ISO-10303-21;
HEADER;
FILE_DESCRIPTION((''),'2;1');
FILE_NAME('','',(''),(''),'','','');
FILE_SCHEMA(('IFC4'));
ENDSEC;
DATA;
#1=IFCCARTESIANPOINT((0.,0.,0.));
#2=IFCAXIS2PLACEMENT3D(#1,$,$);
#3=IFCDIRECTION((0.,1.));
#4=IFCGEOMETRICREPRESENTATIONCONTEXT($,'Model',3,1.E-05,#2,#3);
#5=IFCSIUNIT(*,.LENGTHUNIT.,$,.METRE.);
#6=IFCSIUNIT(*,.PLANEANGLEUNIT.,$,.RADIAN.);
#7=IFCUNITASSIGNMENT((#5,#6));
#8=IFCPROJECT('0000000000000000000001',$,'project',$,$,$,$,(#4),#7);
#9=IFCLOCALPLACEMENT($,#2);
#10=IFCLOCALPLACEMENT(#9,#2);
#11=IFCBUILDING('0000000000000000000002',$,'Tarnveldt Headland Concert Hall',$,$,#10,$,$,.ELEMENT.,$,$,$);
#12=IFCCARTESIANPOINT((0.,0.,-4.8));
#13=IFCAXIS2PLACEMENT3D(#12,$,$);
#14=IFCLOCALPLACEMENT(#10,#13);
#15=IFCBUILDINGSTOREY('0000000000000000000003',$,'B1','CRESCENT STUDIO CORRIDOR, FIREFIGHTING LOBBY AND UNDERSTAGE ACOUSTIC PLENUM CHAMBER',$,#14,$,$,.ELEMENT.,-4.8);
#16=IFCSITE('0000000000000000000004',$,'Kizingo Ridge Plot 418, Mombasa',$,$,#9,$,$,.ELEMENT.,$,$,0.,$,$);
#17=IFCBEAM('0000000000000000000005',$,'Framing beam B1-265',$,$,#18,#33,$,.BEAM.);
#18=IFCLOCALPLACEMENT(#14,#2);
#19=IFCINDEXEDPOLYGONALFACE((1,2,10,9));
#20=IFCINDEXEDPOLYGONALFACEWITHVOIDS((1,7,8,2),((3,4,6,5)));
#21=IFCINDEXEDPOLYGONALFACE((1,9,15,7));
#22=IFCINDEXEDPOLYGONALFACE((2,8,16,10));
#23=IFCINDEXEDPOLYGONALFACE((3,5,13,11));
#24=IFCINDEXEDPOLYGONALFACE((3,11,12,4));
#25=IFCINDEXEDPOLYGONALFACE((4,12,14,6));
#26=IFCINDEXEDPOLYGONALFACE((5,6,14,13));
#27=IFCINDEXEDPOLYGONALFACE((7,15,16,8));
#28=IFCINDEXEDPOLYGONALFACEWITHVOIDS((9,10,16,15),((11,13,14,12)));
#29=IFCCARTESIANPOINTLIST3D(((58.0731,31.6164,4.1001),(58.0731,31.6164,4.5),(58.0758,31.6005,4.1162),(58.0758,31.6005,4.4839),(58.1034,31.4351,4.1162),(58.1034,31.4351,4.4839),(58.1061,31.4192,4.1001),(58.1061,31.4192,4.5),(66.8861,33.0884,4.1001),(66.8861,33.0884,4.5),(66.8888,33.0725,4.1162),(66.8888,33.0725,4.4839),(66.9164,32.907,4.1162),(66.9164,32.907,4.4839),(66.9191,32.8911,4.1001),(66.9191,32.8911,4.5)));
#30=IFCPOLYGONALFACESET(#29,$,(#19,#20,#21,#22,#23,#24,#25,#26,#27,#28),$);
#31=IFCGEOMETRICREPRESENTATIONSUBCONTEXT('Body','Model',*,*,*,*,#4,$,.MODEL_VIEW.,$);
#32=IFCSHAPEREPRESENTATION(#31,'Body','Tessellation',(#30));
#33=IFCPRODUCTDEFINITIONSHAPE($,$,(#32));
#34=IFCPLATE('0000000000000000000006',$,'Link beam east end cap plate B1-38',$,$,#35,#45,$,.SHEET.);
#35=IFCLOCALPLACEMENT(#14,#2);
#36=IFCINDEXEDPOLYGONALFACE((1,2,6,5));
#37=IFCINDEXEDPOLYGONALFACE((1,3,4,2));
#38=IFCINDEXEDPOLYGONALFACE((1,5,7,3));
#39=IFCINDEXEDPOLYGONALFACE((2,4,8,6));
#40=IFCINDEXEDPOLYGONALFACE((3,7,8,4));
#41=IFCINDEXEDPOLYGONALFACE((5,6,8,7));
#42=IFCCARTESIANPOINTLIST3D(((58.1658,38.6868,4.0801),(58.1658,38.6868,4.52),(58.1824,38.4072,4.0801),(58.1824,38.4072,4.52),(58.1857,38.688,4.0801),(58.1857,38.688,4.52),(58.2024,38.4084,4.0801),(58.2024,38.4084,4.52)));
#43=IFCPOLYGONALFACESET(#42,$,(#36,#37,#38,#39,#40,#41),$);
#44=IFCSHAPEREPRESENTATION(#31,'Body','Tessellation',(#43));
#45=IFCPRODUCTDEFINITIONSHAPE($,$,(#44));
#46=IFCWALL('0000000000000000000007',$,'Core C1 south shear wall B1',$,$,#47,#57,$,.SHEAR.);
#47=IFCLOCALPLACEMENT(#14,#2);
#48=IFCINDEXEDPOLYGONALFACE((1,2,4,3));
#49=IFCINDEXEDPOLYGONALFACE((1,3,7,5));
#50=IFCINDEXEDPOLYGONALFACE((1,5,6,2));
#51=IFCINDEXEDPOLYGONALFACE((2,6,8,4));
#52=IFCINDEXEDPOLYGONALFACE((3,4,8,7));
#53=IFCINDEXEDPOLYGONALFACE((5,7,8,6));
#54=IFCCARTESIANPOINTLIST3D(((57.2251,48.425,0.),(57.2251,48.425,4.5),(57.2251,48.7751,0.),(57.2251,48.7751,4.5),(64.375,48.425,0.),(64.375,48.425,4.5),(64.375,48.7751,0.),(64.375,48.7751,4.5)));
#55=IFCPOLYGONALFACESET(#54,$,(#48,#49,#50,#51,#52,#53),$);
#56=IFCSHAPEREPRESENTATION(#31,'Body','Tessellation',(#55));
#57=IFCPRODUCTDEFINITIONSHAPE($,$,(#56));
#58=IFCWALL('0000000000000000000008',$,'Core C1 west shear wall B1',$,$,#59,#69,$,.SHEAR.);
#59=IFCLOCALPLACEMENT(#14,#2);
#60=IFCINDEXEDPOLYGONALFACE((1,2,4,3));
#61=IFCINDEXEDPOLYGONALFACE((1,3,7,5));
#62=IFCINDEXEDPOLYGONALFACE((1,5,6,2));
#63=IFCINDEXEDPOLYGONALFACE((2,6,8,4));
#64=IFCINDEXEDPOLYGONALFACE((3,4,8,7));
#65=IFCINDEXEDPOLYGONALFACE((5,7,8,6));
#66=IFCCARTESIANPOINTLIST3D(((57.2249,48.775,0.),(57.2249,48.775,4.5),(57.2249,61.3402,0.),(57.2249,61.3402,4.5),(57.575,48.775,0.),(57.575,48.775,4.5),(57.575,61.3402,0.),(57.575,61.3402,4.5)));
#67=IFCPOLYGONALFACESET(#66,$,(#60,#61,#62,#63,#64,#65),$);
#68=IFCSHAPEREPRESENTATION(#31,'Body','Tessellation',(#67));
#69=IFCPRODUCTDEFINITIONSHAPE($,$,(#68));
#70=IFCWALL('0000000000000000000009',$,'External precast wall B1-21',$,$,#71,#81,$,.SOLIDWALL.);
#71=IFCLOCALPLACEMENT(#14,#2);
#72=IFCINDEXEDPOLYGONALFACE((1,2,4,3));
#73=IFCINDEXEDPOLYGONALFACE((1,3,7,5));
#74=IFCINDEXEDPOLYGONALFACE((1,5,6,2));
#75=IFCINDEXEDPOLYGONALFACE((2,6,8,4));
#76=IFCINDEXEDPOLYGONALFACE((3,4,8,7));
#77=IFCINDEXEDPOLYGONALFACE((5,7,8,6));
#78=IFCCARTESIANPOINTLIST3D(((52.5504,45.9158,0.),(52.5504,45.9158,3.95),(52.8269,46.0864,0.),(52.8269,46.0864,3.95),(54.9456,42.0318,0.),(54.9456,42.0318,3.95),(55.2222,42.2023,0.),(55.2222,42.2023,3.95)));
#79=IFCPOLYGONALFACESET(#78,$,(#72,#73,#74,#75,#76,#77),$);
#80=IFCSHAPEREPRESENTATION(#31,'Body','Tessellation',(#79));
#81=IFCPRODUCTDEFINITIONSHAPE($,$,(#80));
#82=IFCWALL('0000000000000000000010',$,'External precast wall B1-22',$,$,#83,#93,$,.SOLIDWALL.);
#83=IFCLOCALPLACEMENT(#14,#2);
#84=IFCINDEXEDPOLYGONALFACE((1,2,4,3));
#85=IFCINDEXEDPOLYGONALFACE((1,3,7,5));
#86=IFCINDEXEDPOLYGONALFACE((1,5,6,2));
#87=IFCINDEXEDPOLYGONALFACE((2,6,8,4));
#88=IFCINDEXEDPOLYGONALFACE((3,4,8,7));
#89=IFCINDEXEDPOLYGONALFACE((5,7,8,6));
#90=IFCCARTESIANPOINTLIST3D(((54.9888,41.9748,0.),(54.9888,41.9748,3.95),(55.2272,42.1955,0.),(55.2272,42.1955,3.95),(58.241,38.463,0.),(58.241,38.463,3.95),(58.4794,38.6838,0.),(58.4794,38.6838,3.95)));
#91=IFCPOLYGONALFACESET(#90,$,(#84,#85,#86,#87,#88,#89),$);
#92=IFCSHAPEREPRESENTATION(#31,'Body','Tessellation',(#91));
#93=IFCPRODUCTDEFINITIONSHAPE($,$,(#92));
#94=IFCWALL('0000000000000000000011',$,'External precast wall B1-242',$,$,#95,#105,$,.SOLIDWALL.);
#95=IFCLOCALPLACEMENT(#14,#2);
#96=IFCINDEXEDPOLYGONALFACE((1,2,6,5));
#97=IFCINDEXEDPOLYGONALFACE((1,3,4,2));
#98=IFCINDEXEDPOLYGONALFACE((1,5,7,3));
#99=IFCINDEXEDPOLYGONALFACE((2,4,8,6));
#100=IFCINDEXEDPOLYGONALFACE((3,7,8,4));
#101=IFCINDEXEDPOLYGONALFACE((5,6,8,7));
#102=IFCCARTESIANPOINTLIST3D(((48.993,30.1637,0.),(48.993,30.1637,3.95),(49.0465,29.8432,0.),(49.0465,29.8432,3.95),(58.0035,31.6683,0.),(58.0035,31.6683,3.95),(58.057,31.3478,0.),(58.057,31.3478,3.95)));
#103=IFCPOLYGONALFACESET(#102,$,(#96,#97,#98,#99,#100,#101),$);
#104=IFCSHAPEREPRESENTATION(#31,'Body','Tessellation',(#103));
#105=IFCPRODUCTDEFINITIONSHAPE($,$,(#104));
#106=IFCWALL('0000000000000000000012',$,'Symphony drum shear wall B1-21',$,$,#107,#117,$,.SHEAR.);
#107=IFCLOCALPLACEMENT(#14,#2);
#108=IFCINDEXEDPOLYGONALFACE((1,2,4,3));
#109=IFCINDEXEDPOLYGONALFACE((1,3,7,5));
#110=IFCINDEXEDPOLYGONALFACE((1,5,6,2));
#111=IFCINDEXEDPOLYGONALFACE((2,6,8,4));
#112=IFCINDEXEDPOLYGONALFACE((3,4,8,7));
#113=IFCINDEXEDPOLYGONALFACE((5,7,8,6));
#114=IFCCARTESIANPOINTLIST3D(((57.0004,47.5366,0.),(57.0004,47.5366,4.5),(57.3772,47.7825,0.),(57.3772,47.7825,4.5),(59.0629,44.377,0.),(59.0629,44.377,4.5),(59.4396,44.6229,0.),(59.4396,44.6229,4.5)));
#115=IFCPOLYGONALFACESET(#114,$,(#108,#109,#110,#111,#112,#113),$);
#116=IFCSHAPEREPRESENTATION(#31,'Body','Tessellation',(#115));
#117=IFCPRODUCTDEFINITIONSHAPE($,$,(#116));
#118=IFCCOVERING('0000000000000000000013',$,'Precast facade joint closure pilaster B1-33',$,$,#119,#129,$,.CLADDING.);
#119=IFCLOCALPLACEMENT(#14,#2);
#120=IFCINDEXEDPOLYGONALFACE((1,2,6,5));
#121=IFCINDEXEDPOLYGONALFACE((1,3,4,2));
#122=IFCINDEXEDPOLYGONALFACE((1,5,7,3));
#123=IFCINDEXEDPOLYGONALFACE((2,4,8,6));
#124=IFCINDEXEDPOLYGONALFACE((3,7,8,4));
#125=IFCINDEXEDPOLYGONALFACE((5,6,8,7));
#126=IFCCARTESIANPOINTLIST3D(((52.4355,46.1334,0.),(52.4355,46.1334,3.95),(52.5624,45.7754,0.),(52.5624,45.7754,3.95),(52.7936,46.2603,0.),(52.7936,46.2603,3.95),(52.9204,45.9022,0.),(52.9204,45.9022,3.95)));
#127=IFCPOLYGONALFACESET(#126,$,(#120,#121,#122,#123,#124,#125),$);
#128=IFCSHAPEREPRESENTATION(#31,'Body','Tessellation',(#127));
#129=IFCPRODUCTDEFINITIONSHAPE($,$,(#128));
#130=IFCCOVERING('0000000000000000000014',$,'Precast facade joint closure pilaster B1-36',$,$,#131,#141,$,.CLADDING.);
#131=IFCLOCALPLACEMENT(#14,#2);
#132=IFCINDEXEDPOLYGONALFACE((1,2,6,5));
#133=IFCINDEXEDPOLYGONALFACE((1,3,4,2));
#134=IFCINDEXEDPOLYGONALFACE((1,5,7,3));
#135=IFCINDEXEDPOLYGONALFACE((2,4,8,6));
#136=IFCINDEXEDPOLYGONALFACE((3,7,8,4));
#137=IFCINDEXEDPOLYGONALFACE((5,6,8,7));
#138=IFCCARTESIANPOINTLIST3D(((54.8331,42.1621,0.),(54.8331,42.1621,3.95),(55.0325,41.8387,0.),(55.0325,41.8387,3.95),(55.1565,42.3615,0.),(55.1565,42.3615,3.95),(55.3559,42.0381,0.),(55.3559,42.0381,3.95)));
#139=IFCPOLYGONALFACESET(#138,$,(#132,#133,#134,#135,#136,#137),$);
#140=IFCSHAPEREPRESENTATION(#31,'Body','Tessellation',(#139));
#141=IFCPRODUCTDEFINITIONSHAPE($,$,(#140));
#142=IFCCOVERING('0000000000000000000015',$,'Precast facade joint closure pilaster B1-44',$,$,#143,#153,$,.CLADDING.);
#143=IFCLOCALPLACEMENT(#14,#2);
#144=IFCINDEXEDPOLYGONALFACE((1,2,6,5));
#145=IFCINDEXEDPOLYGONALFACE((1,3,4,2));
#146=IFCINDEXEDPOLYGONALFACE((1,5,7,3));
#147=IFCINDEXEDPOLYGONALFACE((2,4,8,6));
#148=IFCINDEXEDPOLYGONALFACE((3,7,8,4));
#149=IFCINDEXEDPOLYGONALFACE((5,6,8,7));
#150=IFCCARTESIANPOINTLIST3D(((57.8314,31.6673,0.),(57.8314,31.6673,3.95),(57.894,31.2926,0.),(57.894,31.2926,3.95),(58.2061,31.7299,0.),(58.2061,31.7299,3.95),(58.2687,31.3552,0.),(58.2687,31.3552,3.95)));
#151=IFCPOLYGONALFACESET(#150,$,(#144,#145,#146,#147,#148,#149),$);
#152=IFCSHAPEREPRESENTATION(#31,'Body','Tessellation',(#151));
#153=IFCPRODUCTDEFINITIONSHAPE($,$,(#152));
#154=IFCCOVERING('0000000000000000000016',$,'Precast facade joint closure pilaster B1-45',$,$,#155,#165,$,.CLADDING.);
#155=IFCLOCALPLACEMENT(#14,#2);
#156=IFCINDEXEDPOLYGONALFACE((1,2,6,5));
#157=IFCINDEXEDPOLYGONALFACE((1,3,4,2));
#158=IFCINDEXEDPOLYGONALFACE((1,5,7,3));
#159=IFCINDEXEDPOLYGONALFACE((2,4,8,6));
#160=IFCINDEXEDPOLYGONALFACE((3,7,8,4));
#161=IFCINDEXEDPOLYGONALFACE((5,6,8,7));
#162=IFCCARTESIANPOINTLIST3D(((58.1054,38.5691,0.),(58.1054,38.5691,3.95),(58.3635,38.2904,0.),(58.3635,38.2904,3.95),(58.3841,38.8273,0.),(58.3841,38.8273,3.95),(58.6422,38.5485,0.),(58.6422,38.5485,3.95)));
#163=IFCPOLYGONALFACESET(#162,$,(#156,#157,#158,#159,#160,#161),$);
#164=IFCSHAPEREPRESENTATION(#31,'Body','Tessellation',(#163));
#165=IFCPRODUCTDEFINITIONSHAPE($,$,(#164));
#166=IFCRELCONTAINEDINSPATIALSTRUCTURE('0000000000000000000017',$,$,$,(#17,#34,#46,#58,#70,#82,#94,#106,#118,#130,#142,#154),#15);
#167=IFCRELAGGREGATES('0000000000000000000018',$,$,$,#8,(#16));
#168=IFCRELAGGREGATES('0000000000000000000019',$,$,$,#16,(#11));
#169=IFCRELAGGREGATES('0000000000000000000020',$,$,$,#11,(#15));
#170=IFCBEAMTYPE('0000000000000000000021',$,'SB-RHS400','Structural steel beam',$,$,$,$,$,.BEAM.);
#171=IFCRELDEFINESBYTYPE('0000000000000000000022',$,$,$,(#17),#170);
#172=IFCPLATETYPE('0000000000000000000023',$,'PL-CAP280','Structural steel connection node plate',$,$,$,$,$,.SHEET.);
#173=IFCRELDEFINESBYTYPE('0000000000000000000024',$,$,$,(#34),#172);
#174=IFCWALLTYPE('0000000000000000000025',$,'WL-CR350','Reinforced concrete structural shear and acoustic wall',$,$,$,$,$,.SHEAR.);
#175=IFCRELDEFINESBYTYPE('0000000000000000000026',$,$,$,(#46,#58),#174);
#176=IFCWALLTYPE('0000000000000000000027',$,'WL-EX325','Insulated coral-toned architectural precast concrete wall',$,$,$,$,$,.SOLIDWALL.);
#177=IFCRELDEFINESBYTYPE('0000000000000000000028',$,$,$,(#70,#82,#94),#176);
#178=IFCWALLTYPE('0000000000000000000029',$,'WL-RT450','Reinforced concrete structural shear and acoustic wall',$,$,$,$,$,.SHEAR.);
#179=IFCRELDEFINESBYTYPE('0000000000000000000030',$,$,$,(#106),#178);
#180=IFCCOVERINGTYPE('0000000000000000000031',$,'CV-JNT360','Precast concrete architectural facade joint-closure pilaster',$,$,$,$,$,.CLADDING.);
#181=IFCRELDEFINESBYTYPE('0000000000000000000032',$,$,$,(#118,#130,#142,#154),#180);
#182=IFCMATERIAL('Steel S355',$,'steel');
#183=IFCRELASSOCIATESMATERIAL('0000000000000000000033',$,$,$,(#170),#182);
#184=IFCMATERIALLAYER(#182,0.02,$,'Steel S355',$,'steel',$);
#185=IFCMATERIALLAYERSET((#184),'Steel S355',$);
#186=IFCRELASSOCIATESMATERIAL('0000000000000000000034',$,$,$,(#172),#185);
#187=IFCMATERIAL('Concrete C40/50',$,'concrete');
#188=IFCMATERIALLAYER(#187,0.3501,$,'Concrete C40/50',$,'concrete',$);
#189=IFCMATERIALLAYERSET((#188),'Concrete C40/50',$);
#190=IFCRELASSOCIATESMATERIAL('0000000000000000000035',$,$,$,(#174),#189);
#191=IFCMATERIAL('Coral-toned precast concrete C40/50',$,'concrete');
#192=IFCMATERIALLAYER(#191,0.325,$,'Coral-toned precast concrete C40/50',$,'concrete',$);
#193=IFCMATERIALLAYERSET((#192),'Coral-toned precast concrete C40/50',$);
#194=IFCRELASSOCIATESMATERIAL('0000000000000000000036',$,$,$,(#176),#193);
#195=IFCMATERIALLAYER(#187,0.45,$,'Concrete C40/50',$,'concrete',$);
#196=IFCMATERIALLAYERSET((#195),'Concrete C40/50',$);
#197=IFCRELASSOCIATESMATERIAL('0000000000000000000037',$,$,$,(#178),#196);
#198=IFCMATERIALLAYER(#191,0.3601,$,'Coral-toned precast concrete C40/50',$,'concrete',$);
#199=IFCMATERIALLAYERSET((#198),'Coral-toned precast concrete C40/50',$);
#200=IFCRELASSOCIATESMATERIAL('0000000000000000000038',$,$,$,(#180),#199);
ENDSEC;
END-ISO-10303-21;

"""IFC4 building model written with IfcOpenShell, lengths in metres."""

from ifc_helpers import new_model, si_unit, direction, frame, frame_2d, origin, origin_2d, place, context, subcontext, project, spatial, rectangle, hollow_rectangle, extrude, material, layer, layer_set, material_profile, profile_set, type_object, element, save


model = new_model("IFC4")

# Units and contexts
model_context = context("Model", 3, precision=1e-05, world=origin(), true_north=direction((0.0, 1.0)))
body_context = subcontext(model_context, "Body", "Model", "MODEL_VIEW")
ifc_project = project(units=[si_unit("LENGTHUNIT", "METRE"), si_unit("PLANEANGLEUNIT", "RADIAN")], contexts=[model_context])

# Site, building, storey
site_placement = place(None, origin())
site = spatial("IfcSite", under=ifc_project, at=site_placement, Name="Kizingo Ridge Plot 418, Mombasa", CompositionType="ELEMENT", RefElevation=0.0)
building_placement = place(site_placement, origin())
building = spatial("IfcBuilding", under=site, at=building_placement, Name="Tarnveldt Headland Concert Hall", CompositionType="ELEMENT")
storey_placement = place(building_placement, frame((0.0, 0.0, -4.8)))
storey = spatial("IfcBuildingStorey", under=building, at=storey_placement, Name="B1", Description="CRESCENT STUDIO CORRIDOR, FIREFIGHTING LOBBY AND UNDERSTAGE ACOUSTIC PLENUM CHAMBER", CompositionType="ELEMENT", Elevation=-4.8)

# Shared definitions
ifc_material_1 = material(Name="Concrete C40/50", Category="concrete")

# Beam
ifc_material_2 = material(Name="Steel S355", Category="steel")
ifc_material_profile_1 = material_profile(ifc_material_2, hollow_rectangle(XDim=0.2, YDim=0.3999, WallThickness=0.0161, at=origin_2d()), Name="RHS 400x200x16", Category="steel")
ifc_profile_set_1 = profile_set([ifc_material_profile_1], Name="Steel S355")
beam_type_1 = type_object("IfcBeamType", Name="SB-RHS400", Description="Structural steel beam", PredefinedType="BEAM", material=ifc_profile_set_1)
beam_1_placement = place(storey_placement, frame((58.0896, 31.5178, 4.3), z_axis=(0.986338, 0.164736, 0.0), x_axis=(-0.164736, 0.986338, 0.0)))
element("IfcBeam", 1, at=beam_1_placement, inside=storey, type_object=beam_type_1, Name="Framing beam B1-265", PredefinedType="BEAM", context=body_context, shape_type="SweptSolid", body=[
    extrude(hollow_rectangle(XDim=0.2, YDim=0.3999, WallThickness=0.0161, at=origin_2d()), origin(), (0.0, 0.0, 1.0), 8.9351),
])

# Plate
ifc_layer_1 = layer(ifc_material_2, 0.02, Name="Steel S355", Category="steel")
ifc_layer_set_1 = layer_set([ifc_layer_1], Name="Steel S355")
plate_type = type_object("IfcPlateType", Name="PL-CAP280", Description="Structural steel connection node plate", PredefinedType="SHEET", material=ifc_layer_set_1)
plate_placement = place(storey_placement, frame((58.1841, 38.5476, 4.0801), z_axis=(0.0, 0.0, 1.0), x_axis=(0.998229, 0.059481, 0.0)))
element("IfcPlate", 2, at=plate_placement, inside=storey, type_object=plate_type, Name="Link beam east end cap plate B1-38", PredefinedType="SHEET", context=body_context, shape_type="SweptSolid", body=[
    extrude(rectangle(XDim=0.02, YDim=0.28, at=origin_2d()), origin(), (0.0, 0.0, 1.0), 0.4399),
])

# Walls
ifc_layer_2 = layer(ifc_material_1, 0.3501, Name="Concrete C40/50", Category="concrete")
ifc_layer_set_2 = layer_set([ifc_layer_2], Name="Concrete C40/50")
wall_type_1 = type_object("IfcWallType", Name="WL-CR350", Description="Reinforced concrete structural shear and acoustic wall", PredefinedType="SHEAR", material=ifc_layer_set_2)
wall_1_placement = place(storey_placement, frame((57.2251, 48.6001, 0.0), z_axis=(0.0, 0.0, 1.0), x_axis=(1.0, 0.0, 0.0)))
element("IfcWall", 3, at=wall_1_placement, inside=storey, type_object=wall_type_1, Name="Core C1 south shear wall B1", PredefinedType="SHEAR", context=body_context, shape_type="SweptSolid", body=[
    extrude(rectangle(XDim=7.1499, YDim=0.3501, at=frame_2d((3.575, 0.0))), origin(), (0.0, 0.0, 1.0), 4.5),
])
wall_2_placement = place(storey_placement, frame((57.3999, 48.7749, 0.0), z_axis=(0.0, 0.0, 1.0), x_axis=(0.0, 1.0, 0.0)))
element("IfcWall", 4, at=wall_2_placement, inside=storey, type_object=wall_type_1, Name="Core C1 west shear wall B1", PredefinedType="SHEAR", context=body_context, shape_type="SweptSolid", body=[
    extrude(rectangle(XDim=12.5652, YDim=0.3501, at=frame_2d((6.2827, 0.0))), origin(), (0.0, 0.0, 1.0), 4.5),
])
ifc_material_3 = material(Name="Coral-toned precast concrete C40/50", Category="concrete")
ifc_layer_3 = layer(ifc_material_3, 0.325, Name="Coral-toned precast concrete C40/50", Category="concrete")
ifc_layer_set_3 = layer_set([ifc_layer_3], Name="Coral-toned precast concrete C40/50")
wall_type_2 = type_object("IfcWallType", Name="WL-EX325", Description="Insulated coral-toned architectural precast concrete wall", PredefinedType="SOLIDWALL", material=ifc_layer_set_3)
wall_3_placement = place(storey_placement, frame((55.084, 42.1169, 0.0), z_axis=(0.0, 0.0, 1.0), x_axis=(-0.524906, 0.85116, 0.0)))
element("IfcWall", 5, at=wall_3_placement, inside=storey, type_object=wall_type_2, Name="External precast wall B1-21", PredefinedType="SOLIDWALL", context=body_context, shape_type="SweptSolid", body=[
    extrude(rectangle(XDim=4.5632, YDim=0.325, at=frame_2d((2.2817, 0.0))), origin(), (0.0, 0.0, 1.0), 3.95),
])
wall_4_placement = place(storey_placement, frame((58.3601, 38.5735, 0.0), z_axis=(0.0, 0.0, 1.0), x_axis=(-0.679476, 0.733698, 0.0)))
element("IfcWall", 6, at=wall_4_placement, inside=storey, type_object=wall_type_2, Name="External precast wall B1-22", PredefinedType="SOLIDWALL", context=body_context, shape_type="SweptSolid", body=[
    extrude(rectangle(XDim=4.7864, YDim=0.325, at=frame_2d((2.3931, 0.0))), origin(), (0.0, 0.0, 1.0), 3.95),
])
wall_5_placement = place(storey_placement, frame((58.0303, 31.5081, 0.0), z_axis=(0.0, 0.0, 1.0), x_axis=(-0.986343, -0.164707, 0.0)))
element("IfcWall", 7, at=wall_5_placement, inside=storey, type_object=wall_type_2, Name="External precast wall B1-242", PredefinedType="SOLIDWALL", context=body_context, shape_type="SweptSolid", body=[
    extrude(rectangle(XDim=9.1353, YDim=0.325, at=frame_2d((4.5676, 0.0))), origin(), (0.0, 0.0, 1.0), 3.95),
])
ifc_layer_4 = layer(ifc_material_1, 0.45, Name="Concrete C40/50", Category="concrete")
ifc_layer_set_4 = layer_set([ifc_layer_4], Name="Concrete C40/50")
wall_type_3 = type_object("IfcWallType", Name="WL-RT450", Description="Reinforced concrete structural shear and acoustic wall", PredefinedType="SHEAR", material=ifc_layer_set_4)
wall_6_placement = place(storey_placement, frame((57.1887, 47.6597, 0.0), z_axis=(0.0, 0.0, 1.0), x_axis=(0.546611, -0.837387, 0.0)))
element("IfcWall", 8, at=wall_6_placement, inside=storey, type_object=wall_type_3, Name="Symphony drum shear wall B1-21", PredefinedType="SHEAR", context=body_context, shape_type="SweptSolid", body=[
    extrude(rectangle(XDim=3.7732, YDim=0.45, at=frame_2d((1.8867, 0.0))), origin(), (0.0, 0.0, 1.0), 4.5),
])

# Coverings
ifc_layer_5 = layer(ifc_material_3, 0.3601, Name="Coral-toned precast concrete C40/50", Category="concrete")
ifc_layer_set_5 = layer_set([ifc_layer_5], Name="Coral-toned precast concrete C40/50")
covering_type = type_object("IfcCoveringType", Name="CV-JNT360", Description="Precast concrete architectural facade joint-closure pilaster", PredefinedType="CLADDING", material=ifc_layer_set_5)
for number, where, z_axis, x_axis, name in (
    (9, (52.678, 46.0178, 0.0), (0.0, 0.0, 1.0), (-0.333971, 0.942583, 0.0), "Precast facade joint closure pilaster B1-33"),
    (10, (55.0945, 42.1001, 0.0), (0.0, 0.0, 1.0), (-0.524878, 0.851178, 0.0), "Precast facade joint closure pilaster B1-36"),
    (11, (58.05, 31.5112, 0.0), (0.0, 0.0, 1.0), (-0.986343, -0.164703, 0.0), "Precast facade joint closure pilaster B1-44"),
    (12, (58.3738, 38.5588, 0.0), (0.0, 0.0, 1.0), (-0.679441, 0.73373, 0.0), "Precast facade joint closure pilaster B1-45"),
):
    element("IfcCovering", number, at=place(storey_placement, frame(where, z_axis=z_axis, x_axis=x_axis)), inside=storey, type_object=covering_type, Name=name, PredefinedType="CLADDING", context=body_context, shape_type="SweptSolid", body=[
        extrude(rectangle(XDim=0.3799, YDim=0.3799, at=origin_2d()), origin(), (0.0, 0.0, 1.0), 3.95),
    ])

save(model, "model.ifc")
